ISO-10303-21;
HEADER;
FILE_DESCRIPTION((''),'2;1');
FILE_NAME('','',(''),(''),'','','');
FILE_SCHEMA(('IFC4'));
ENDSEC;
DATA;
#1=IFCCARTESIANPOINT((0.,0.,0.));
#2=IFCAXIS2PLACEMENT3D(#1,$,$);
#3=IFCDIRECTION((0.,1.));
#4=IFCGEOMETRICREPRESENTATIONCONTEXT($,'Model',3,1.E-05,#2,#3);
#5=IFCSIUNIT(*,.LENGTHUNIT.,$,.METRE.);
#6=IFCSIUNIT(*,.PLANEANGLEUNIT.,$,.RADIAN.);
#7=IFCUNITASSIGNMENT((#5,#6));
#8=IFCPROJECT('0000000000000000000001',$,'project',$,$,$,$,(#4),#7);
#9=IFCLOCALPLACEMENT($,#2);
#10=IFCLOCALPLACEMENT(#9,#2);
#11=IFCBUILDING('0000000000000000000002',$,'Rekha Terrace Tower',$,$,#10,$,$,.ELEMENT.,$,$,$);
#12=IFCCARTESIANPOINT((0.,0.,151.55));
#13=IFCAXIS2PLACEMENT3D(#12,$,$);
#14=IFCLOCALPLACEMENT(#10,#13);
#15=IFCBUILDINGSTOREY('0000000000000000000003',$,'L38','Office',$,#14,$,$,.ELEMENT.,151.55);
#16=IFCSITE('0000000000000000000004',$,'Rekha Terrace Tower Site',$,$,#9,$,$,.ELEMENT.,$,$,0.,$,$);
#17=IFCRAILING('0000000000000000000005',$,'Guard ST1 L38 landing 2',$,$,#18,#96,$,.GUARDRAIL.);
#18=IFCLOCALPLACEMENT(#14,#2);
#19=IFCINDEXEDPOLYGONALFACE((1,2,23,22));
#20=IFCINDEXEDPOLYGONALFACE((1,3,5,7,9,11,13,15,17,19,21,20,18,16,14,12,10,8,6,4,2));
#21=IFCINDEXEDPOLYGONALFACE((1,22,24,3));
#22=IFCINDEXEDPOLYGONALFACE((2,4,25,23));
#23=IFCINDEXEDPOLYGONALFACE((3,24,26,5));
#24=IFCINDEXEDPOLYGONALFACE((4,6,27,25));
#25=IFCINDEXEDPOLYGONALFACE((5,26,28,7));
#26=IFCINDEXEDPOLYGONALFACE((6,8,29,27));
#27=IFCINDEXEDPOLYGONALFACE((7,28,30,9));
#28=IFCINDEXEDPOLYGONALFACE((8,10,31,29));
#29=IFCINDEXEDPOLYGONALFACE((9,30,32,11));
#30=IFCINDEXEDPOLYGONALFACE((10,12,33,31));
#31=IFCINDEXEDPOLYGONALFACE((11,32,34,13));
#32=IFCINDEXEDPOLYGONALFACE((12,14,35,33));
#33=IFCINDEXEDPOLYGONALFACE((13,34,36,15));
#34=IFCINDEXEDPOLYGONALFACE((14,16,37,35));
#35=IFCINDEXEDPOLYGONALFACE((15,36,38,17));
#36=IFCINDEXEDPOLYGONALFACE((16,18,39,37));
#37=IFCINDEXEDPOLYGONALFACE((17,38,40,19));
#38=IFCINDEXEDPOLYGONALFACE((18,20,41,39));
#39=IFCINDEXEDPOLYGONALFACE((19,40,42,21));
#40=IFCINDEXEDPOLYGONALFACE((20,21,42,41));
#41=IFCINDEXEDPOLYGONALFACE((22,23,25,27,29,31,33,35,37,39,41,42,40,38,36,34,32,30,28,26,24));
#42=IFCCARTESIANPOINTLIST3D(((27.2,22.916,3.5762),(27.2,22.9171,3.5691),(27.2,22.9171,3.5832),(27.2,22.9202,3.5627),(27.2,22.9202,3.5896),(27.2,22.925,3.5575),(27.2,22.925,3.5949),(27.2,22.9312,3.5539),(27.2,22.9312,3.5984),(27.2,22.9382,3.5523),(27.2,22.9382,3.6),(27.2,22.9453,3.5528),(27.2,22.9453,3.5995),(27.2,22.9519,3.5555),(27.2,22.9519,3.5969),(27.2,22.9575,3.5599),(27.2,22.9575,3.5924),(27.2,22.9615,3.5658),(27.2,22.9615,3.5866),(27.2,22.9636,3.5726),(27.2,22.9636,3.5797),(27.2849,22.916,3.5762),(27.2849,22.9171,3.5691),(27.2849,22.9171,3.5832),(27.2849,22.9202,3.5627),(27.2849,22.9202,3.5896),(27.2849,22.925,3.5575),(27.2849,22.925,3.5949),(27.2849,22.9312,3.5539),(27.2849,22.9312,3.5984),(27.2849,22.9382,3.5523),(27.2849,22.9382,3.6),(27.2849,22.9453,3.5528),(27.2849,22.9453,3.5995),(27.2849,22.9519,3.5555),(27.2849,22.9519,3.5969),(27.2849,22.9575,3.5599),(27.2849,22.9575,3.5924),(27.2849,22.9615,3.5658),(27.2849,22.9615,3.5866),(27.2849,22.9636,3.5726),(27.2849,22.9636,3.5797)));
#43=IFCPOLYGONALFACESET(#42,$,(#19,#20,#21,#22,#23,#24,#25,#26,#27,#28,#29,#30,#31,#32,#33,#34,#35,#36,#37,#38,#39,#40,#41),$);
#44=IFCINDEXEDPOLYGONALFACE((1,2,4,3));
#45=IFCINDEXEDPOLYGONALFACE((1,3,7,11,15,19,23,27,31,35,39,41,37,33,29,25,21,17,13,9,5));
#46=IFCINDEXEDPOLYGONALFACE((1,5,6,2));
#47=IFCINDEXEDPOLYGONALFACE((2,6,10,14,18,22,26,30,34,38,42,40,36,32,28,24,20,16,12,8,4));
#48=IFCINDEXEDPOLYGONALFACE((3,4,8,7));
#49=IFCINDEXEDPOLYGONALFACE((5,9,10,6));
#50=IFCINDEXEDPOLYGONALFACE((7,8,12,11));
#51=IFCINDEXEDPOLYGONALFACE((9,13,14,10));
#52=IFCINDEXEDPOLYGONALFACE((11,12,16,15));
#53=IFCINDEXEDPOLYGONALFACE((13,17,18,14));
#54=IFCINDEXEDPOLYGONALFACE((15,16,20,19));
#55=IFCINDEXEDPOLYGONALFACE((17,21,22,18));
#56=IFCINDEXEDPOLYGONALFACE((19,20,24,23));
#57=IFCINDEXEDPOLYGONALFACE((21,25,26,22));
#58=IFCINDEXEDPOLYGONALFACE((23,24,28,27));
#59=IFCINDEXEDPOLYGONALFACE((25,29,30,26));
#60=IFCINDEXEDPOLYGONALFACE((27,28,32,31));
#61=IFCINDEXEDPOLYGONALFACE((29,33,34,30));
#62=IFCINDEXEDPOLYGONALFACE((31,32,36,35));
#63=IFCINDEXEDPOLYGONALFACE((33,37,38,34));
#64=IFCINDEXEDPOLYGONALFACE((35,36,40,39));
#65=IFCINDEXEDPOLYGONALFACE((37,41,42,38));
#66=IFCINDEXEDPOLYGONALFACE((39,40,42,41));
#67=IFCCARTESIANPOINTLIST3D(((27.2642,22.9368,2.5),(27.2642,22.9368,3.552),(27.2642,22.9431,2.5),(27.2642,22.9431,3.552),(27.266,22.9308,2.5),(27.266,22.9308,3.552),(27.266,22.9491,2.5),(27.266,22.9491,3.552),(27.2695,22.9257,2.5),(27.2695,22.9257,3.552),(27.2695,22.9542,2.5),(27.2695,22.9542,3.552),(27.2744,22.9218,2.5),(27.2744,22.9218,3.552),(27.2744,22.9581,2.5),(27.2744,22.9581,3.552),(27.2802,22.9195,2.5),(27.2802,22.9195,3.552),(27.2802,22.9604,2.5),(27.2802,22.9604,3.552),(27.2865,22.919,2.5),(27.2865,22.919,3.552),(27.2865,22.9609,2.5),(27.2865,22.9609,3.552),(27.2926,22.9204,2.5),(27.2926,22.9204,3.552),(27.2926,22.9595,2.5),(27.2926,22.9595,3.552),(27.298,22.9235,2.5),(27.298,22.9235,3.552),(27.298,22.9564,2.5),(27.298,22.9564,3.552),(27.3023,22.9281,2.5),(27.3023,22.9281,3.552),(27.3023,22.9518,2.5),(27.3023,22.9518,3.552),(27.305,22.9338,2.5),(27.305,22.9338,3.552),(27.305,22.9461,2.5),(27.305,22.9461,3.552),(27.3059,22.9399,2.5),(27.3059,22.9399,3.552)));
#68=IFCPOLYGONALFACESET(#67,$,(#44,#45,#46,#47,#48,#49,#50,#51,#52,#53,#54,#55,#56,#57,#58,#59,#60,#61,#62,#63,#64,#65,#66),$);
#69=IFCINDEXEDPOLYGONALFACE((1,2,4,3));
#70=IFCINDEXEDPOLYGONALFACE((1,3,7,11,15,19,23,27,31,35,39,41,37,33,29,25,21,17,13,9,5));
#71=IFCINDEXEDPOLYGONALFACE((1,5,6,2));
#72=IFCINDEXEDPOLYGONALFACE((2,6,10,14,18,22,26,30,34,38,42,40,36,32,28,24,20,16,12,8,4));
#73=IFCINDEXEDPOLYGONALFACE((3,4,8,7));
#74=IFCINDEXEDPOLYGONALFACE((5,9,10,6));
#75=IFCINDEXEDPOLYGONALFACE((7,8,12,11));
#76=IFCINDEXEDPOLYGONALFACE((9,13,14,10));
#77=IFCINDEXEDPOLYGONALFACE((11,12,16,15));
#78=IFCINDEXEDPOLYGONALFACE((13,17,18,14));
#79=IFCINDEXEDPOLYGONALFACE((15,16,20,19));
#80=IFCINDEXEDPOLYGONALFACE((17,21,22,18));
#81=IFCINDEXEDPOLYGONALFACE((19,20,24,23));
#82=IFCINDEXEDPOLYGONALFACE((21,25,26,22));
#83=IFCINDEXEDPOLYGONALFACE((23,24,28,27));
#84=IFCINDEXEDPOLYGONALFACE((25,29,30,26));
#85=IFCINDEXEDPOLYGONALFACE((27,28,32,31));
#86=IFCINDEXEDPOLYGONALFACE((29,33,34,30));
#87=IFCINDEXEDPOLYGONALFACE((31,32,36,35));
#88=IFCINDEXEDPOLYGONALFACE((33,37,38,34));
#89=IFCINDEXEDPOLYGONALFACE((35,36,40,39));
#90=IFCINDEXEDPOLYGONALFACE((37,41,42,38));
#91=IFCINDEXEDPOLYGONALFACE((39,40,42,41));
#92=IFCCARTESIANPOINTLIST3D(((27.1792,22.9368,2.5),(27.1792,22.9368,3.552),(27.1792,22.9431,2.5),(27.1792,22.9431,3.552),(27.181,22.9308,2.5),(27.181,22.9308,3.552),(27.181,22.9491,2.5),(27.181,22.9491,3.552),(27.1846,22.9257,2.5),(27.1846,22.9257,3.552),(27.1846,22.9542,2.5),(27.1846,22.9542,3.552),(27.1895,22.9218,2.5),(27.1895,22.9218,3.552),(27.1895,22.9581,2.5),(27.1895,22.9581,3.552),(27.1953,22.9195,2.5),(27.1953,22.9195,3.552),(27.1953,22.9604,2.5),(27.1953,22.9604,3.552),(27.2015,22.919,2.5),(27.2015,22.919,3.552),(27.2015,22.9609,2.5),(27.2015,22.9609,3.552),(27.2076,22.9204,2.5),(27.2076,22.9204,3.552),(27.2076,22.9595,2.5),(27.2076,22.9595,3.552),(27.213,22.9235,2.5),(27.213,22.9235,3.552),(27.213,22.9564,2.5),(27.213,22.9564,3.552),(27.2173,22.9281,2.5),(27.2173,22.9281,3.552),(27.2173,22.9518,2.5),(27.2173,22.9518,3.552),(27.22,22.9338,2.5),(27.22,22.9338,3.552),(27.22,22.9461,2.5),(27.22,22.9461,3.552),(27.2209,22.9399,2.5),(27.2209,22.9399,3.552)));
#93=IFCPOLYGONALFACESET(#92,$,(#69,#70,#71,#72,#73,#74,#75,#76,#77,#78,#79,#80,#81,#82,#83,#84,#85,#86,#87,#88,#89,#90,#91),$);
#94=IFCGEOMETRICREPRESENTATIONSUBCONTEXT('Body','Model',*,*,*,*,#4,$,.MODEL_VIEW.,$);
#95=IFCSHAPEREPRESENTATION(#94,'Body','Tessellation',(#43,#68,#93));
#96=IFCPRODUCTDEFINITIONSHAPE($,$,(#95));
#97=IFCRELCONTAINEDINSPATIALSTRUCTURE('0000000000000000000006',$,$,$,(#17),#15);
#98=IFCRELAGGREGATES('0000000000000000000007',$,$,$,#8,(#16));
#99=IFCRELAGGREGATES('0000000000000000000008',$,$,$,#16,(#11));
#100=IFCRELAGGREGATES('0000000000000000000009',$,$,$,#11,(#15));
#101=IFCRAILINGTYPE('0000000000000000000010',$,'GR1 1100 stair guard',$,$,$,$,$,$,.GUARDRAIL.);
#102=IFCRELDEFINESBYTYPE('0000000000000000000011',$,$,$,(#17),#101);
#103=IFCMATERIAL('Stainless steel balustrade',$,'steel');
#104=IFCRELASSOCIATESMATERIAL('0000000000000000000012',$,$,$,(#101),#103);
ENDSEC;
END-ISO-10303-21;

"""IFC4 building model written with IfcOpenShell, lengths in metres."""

from ifc_helpers import new_model, si_unit, direction, frame, origin, origin_2d, place, context, subcontext, project, spatial, circle, extrude, material, type_object, element, save


model = new_model("IFC4")

# Units and contexts
model_context = context("Model", 3, precision=1e-05, world=origin(), true_north=direction((0.0, 1.0)))
body_context = subcontext(model_context, "Body", "Model", "MODEL_VIEW")
ifc_project = project(units=[si_unit("LENGTHUNIT", "METRE"), si_unit("PLANEANGLEUNIT", "RADIAN")], contexts=[model_context])

# Site, building, storey
site_placement = place(None, origin())
site = spatial("IfcSite", under=ifc_project, at=site_placement, Name="Rekha Terrace Tower Site", CompositionType="ELEMENT", RefElevation=0.0)
building_placement = place(site_placement, origin())
building = spatial("IfcBuilding", under=site, at=building_placement, Name="Rekha Terrace Tower", CompositionType="ELEMENT")
storey_placement = place(building_placement, frame((0.0, 0.0, 151.55)))
storey = spatial("IfcBuildingStorey", under=building, at=storey_placement, Name="L38", Description="Office", CompositionType="ELEMENT", Elevation=151.55)

# Railing
ifc_material_1 = material(Name="Stainless steel balustrade", Category="steel")
railing_type_1 = type_object("IfcRailingType", Name="GR1 1100 stair guard", PredefinedType="GUARDRAIL", material=ifc_material_1)
railing_1_placement = place(storey_placement, frame((27.2849, 22.9399, 2.5)))
element("IfcRailing", 1, at=railing_1_placement, inside=storey, type_object=railing_type_1, Name="Guard ST1 L38 landing 2", PredefinedType="GUARDRAIL", context=body_context, shape_type="SweptSolid", body=[
    extrude(circle(Radius=0.0239, at=origin_2d()), frame((0.0, 0.0, 1.0762), z_axis=(-1.0, 0.0, 0.0), x_axis=(0.0, -1.0, 0.0)), (0.0, 0.0, 1.0), 0.085),
    extrude(circle(Radius=0.021, at=origin_2d()), origin(), (0.0, 0.0, 1.0), 1.052),
    extrude(circle(Radius=0.021, at=origin_2d()), frame((-0.085, 0.0, 0.0)), (0.0, 0.0, 1.0), 1.052),
])

save(model, "model.ifc")
